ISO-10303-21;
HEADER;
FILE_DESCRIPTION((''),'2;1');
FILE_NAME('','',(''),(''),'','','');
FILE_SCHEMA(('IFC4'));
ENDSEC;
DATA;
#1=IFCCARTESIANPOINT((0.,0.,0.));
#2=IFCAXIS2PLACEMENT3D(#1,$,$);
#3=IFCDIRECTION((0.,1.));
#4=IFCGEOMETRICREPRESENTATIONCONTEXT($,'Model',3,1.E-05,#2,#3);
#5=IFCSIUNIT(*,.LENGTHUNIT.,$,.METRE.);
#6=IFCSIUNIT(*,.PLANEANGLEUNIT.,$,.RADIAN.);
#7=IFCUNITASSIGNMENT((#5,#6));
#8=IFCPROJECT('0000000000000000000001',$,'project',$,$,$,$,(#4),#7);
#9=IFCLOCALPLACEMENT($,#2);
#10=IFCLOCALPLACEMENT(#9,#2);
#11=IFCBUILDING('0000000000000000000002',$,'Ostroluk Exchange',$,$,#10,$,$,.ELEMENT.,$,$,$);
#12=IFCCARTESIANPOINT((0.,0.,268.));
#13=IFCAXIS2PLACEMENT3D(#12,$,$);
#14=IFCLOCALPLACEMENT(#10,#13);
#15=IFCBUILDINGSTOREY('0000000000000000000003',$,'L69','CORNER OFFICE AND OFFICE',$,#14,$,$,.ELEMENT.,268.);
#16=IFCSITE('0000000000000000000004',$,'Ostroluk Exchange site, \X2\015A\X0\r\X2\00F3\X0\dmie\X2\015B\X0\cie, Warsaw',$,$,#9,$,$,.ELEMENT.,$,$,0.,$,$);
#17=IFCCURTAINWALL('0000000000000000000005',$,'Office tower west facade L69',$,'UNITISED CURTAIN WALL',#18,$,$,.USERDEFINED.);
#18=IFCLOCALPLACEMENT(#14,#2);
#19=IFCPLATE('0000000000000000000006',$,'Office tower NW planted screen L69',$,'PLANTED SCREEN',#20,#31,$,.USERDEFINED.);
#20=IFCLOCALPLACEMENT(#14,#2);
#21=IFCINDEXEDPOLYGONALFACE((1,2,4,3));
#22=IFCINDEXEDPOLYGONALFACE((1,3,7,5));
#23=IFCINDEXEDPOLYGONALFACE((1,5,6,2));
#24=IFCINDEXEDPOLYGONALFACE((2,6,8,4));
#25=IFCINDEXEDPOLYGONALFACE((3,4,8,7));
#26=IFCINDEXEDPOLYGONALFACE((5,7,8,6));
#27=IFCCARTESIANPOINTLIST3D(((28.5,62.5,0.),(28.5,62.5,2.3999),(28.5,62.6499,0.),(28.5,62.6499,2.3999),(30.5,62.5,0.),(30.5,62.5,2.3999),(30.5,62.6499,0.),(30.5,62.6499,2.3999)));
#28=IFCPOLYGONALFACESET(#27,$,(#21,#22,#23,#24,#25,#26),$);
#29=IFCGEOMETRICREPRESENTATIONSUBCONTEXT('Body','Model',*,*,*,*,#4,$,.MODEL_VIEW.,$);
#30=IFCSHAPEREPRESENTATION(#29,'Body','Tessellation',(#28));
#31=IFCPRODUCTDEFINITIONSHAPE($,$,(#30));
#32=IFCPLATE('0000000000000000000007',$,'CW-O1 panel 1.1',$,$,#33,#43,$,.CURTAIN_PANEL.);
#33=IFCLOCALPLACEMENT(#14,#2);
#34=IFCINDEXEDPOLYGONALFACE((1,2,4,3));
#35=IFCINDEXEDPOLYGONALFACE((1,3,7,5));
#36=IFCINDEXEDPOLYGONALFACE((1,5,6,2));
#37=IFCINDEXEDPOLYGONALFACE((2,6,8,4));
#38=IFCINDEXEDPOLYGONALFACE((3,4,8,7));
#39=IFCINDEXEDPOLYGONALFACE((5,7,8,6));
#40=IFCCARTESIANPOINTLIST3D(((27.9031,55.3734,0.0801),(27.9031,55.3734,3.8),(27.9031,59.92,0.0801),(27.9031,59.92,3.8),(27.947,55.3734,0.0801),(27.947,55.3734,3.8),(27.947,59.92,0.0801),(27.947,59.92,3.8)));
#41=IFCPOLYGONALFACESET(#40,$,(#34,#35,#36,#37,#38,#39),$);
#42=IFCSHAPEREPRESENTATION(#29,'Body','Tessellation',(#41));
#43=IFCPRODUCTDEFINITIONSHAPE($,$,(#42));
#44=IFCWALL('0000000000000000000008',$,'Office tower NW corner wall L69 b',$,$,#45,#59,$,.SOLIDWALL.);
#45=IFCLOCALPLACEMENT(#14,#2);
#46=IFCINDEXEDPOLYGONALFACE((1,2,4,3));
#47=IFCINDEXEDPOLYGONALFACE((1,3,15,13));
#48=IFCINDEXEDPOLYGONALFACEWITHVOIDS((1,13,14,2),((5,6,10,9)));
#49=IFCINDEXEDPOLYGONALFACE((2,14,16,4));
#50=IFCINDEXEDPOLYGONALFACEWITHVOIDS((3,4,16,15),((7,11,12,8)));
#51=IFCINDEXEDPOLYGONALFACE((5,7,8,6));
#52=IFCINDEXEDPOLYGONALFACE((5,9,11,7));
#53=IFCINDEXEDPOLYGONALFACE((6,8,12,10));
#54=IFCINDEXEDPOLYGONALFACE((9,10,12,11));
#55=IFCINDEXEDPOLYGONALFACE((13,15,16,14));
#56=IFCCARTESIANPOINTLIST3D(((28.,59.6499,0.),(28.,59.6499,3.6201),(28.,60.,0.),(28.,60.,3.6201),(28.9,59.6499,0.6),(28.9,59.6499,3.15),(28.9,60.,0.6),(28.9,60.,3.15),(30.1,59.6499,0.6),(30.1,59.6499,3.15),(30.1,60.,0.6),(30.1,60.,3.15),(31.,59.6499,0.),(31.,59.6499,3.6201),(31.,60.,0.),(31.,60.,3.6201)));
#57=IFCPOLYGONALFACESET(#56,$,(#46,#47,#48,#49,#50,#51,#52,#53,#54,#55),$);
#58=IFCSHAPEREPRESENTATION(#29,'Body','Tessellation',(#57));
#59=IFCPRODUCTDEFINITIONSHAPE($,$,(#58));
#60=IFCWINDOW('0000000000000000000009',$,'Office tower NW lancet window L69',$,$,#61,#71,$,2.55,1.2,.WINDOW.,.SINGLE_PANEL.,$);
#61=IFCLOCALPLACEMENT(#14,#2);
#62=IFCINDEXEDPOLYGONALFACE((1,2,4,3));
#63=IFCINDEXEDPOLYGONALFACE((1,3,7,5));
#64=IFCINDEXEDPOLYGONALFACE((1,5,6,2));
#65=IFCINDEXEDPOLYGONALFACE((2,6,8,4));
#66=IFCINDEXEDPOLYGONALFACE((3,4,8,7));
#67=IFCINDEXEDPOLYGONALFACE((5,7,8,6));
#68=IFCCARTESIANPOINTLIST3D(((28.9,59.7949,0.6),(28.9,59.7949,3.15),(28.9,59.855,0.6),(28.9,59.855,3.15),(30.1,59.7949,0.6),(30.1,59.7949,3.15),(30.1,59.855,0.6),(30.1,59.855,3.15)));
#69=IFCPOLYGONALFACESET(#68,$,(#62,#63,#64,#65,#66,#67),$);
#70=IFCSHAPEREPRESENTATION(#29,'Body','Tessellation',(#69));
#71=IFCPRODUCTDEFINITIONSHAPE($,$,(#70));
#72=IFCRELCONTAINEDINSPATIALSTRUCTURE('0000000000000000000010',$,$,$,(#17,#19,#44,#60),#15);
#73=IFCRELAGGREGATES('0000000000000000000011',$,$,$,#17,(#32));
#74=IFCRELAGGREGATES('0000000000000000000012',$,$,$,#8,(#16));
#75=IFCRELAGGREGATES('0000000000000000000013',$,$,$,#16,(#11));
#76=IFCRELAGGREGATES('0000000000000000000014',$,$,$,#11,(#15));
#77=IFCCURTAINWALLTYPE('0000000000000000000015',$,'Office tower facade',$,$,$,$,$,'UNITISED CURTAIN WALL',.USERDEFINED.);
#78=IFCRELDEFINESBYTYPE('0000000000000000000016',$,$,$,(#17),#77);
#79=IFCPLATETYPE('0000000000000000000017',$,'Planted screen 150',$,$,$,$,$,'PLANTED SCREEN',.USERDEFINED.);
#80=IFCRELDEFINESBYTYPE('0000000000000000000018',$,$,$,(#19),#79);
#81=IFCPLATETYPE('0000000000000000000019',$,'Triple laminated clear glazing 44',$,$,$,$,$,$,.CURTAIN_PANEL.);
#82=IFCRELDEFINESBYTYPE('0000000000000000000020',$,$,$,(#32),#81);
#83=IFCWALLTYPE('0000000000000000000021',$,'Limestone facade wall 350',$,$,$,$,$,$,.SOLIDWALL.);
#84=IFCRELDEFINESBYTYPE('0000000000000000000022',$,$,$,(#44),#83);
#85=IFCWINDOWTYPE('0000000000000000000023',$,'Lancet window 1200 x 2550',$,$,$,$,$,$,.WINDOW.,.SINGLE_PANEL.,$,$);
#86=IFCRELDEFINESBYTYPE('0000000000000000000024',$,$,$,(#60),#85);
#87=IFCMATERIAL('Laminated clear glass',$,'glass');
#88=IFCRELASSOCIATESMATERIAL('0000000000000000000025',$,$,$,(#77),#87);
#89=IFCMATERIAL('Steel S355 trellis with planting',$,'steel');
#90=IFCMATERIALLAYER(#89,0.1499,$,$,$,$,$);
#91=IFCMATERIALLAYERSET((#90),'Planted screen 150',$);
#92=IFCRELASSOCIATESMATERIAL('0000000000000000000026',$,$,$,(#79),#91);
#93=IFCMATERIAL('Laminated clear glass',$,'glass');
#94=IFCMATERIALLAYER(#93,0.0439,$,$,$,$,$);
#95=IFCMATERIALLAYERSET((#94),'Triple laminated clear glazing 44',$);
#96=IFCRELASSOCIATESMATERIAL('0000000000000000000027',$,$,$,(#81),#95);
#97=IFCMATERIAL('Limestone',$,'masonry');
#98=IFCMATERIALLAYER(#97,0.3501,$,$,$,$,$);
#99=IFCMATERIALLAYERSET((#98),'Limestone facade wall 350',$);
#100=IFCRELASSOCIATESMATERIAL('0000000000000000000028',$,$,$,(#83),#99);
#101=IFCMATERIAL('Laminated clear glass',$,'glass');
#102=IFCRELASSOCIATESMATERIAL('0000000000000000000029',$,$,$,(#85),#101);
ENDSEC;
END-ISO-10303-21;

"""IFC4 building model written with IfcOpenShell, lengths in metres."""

from ifc_helpers import new_model, si_unit, direction, frame, frame_2d, origin, origin_2d, place, context, subcontext, project, spatial, rectangle, extrude, material, layer, layer_set, type_object, element, fill, aggregate, save


model = new_model("IFC4")

# Units and contexts
model_context = context("Model", 3, precision=1e-05, world=origin(), true_north=direction((0.0, 1.0)))
body_context = subcontext(model_context, "Body", "Model", "MODEL_VIEW")
ifc_project = project(units=[si_unit("LENGTHUNIT", "METRE"), si_unit("PLANEANGLEUNIT", "RADIAN")], contexts=[model_context])

# Site, building, storey
site_placement = place(None, origin())
site = spatial("IfcSite", under=ifc_project, at=site_placement, Name="Ostroluk Exchange site, Śródmieście, Warsaw", CompositionType="ELEMENT", RefElevation=0.0)
building_placement = place(site_placement, origin())
building = spatial("IfcBuilding", under=site, at=building_placement, Name="Ostroluk Exchange", CompositionType="ELEMENT")
storey_placement = place(building_placement, frame((0.0, 0.0, 268.0)))
storey = spatial("IfcBuildingStorey", under=building, at=storey_placement, Name="L69", Description="CORNER OFFICE AND OFFICE", CompositionType="ELEMENT", Elevation=268.0)

# Curtain wall
ifc_material_1 = material(Name="Laminated clear glass", Category="glass")
curtain_wall_type = type_object("IfcCurtainWallType", Name="Office tower facade", ElementType="UNITISED CURTAIN WALL", PredefinedType="USERDEFINED", material=ifc_material_1)
curtain_wall_1_placement = place(storey_placement, origin())
curtain_wall_1 = element("IfcCurtainWall", 1, at=curtain_wall_1_placement, inside=storey, type_object=curtain_wall_type, Name="Office tower west facade L69", ObjectType="UNITISED CURTAIN WALL", PredefinedType="USERDEFINED")

# Plates
ifc_material_2 = material(Name="Steel S355 trellis with planting", Category="steel")
ifc_layer_1 = layer(ifc_material_2, 0.1499)
ifc_layer_set_1 = layer_set([ifc_layer_1], Name="Planted screen 150")
plate_type_1 = type_object("IfcPlateType", Name="Planted screen 150", ElementType="PLANTED SCREEN", PredefinedType="USERDEFINED", material=ifc_layer_set_1)
plate_1_placement = place(storey_placement, frame((29.5, 62.575, 0.0), z_axis=(0.0, 0.0, 1.0), x_axis=(1.0, 0.0, 0.0)))
element("IfcPlate", 2, at=plate_1_placement, inside=storey, type_object=plate_type_1, Name="Office tower NW planted screen L69", ObjectType="PLANTED SCREEN", PredefinedType="USERDEFINED", context=body_context, shape_type="SweptSolid", body=[
    extrude(rectangle(XDim=2.0, YDim=0.1499, at=origin_2d()), origin(), (0.0, 0.0, 1.0), 2.3999),
])
ifc_material_3 = material(Name="Laminated clear glass", Category="glass")
ifc_layer_2 = layer(ifc_material_3, 0.0439)
ifc_layer_set_2 = layer_set([ifc_layer_2], Name="Triple laminated clear glazing 44")
plate_type_2 = type_object("IfcPlateType", Name="Triple laminated clear glazing 44", PredefinedType="CURTAIN_PANEL", material=ifc_layer_set_2)
plate_2_placement = place(storey_placement, frame((27.925, 57.6467, 0.0801), z_axis=(0.0, 0.0, 1.0), x_axis=(0.0, -1.0, 0.0)))
plate_2 = element("IfcPlate", 3, at=plate_2_placement, type_object=plate_type_2, Name="CW-O1 panel 1.1", PredefinedType="CURTAIN_PANEL", context=body_context, shape_type="SweptSolid", body=[
    extrude(rectangle(XDim=4.5466, YDim=0.0439, at=origin_2d()), origin(), (0.0, 0.0, 1.0), 3.72),
])
aggregate(curtain_wall_1, [plate_2])

# Shared definitions
ifc_material_4 = material(Name="Limestone", Category="masonry")
ifc_layer_3 = layer(ifc_material_4, 0.3501)
ifc_layer_set_3 = layer_set([ifc_layer_3], Name="Limestone facade wall 350")
wall_type = type_object("IfcWallType", Name="Limestone facade wall 350", PredefinedType="SOLIDWALL", material=ifc_layer_set_3)

# Wall, opening, window
wall_1_placement = place(storey_placement, frame((31.0, 59.825, 0.0), z_axis=(0.0, 0.0, 1.0), x_axis=(-1.0, 0.0, 0.0)))
wall_1 = element("IfcWall", 4, at=wall_1_placement, inside=storey, type_object=wall_type, Name="Office tower NW corner wall L69 b", PredefinedType="SOLIDWALL", context=body_context, shape_type="SweptSolid", body=[
    extrude(rectangle(XDim=3.0, YDim=0.3501, at=frame_2d((1.5, 0.0))), origin(), (0.0, 0.0, 1.0), 3.6201),
])
opening_1_placement = place(wall_1_placement, frame((0.8999, 0.0, 0.6001)))
opening_1 = element("IfcOpeningElement", 5, at=opening_1_placement, cuts=wall_1, PredefinedType="OPENING", context=body_context, shape_type="SweptSolid", body=[
    extrude(rectangle(XDim=1.2, YDim=2.55, at=frame_2d((0.6001, 1.2749))), frame((0.0, 0.1851, 0.0), z_axis=(0.0, -1.0, 0.0), x_axis=(1.0, 0.0, 0.0)), (0.0, 0.0, 1.0), 0.3701),
])
ifc_material_5 = material(Name="Laminated clear glass", Category="glass")
window_type = type_object("IfcWindowType", Name="Lancet window 1200 x 2550", PartitioningType="SINGLE_PANEL", PredefinedType="WINDOW", material=ifc_material_5)
window_placement = place(opening_1_placement, origin())
window = element("IfcWindow", 6, at=window_placement, inside=storey, type_object=window_type, Name="Office tower NW lancet window L69", OverallHeight=2.55, OverallWidth=1.2, PartitioningType="SINGLE_PANEL", PredefinedType="WINDOW", context=body_context, shape_type="SweptSolid", body=[
    extrude(rectangle(XDim=1.2, YDim=2.55, at=frame_2d((0.6001, 1.2749))), frame((0.0, 0.03, 0.0), z_axis=(0.0, -1.0, 0.0), x_axis=(1.0, 0.0, 0.0)), (0.0, 0.0, 1.0), 0.0601),
])
fill(opening_1, window)

save(model, "model.ifc")
